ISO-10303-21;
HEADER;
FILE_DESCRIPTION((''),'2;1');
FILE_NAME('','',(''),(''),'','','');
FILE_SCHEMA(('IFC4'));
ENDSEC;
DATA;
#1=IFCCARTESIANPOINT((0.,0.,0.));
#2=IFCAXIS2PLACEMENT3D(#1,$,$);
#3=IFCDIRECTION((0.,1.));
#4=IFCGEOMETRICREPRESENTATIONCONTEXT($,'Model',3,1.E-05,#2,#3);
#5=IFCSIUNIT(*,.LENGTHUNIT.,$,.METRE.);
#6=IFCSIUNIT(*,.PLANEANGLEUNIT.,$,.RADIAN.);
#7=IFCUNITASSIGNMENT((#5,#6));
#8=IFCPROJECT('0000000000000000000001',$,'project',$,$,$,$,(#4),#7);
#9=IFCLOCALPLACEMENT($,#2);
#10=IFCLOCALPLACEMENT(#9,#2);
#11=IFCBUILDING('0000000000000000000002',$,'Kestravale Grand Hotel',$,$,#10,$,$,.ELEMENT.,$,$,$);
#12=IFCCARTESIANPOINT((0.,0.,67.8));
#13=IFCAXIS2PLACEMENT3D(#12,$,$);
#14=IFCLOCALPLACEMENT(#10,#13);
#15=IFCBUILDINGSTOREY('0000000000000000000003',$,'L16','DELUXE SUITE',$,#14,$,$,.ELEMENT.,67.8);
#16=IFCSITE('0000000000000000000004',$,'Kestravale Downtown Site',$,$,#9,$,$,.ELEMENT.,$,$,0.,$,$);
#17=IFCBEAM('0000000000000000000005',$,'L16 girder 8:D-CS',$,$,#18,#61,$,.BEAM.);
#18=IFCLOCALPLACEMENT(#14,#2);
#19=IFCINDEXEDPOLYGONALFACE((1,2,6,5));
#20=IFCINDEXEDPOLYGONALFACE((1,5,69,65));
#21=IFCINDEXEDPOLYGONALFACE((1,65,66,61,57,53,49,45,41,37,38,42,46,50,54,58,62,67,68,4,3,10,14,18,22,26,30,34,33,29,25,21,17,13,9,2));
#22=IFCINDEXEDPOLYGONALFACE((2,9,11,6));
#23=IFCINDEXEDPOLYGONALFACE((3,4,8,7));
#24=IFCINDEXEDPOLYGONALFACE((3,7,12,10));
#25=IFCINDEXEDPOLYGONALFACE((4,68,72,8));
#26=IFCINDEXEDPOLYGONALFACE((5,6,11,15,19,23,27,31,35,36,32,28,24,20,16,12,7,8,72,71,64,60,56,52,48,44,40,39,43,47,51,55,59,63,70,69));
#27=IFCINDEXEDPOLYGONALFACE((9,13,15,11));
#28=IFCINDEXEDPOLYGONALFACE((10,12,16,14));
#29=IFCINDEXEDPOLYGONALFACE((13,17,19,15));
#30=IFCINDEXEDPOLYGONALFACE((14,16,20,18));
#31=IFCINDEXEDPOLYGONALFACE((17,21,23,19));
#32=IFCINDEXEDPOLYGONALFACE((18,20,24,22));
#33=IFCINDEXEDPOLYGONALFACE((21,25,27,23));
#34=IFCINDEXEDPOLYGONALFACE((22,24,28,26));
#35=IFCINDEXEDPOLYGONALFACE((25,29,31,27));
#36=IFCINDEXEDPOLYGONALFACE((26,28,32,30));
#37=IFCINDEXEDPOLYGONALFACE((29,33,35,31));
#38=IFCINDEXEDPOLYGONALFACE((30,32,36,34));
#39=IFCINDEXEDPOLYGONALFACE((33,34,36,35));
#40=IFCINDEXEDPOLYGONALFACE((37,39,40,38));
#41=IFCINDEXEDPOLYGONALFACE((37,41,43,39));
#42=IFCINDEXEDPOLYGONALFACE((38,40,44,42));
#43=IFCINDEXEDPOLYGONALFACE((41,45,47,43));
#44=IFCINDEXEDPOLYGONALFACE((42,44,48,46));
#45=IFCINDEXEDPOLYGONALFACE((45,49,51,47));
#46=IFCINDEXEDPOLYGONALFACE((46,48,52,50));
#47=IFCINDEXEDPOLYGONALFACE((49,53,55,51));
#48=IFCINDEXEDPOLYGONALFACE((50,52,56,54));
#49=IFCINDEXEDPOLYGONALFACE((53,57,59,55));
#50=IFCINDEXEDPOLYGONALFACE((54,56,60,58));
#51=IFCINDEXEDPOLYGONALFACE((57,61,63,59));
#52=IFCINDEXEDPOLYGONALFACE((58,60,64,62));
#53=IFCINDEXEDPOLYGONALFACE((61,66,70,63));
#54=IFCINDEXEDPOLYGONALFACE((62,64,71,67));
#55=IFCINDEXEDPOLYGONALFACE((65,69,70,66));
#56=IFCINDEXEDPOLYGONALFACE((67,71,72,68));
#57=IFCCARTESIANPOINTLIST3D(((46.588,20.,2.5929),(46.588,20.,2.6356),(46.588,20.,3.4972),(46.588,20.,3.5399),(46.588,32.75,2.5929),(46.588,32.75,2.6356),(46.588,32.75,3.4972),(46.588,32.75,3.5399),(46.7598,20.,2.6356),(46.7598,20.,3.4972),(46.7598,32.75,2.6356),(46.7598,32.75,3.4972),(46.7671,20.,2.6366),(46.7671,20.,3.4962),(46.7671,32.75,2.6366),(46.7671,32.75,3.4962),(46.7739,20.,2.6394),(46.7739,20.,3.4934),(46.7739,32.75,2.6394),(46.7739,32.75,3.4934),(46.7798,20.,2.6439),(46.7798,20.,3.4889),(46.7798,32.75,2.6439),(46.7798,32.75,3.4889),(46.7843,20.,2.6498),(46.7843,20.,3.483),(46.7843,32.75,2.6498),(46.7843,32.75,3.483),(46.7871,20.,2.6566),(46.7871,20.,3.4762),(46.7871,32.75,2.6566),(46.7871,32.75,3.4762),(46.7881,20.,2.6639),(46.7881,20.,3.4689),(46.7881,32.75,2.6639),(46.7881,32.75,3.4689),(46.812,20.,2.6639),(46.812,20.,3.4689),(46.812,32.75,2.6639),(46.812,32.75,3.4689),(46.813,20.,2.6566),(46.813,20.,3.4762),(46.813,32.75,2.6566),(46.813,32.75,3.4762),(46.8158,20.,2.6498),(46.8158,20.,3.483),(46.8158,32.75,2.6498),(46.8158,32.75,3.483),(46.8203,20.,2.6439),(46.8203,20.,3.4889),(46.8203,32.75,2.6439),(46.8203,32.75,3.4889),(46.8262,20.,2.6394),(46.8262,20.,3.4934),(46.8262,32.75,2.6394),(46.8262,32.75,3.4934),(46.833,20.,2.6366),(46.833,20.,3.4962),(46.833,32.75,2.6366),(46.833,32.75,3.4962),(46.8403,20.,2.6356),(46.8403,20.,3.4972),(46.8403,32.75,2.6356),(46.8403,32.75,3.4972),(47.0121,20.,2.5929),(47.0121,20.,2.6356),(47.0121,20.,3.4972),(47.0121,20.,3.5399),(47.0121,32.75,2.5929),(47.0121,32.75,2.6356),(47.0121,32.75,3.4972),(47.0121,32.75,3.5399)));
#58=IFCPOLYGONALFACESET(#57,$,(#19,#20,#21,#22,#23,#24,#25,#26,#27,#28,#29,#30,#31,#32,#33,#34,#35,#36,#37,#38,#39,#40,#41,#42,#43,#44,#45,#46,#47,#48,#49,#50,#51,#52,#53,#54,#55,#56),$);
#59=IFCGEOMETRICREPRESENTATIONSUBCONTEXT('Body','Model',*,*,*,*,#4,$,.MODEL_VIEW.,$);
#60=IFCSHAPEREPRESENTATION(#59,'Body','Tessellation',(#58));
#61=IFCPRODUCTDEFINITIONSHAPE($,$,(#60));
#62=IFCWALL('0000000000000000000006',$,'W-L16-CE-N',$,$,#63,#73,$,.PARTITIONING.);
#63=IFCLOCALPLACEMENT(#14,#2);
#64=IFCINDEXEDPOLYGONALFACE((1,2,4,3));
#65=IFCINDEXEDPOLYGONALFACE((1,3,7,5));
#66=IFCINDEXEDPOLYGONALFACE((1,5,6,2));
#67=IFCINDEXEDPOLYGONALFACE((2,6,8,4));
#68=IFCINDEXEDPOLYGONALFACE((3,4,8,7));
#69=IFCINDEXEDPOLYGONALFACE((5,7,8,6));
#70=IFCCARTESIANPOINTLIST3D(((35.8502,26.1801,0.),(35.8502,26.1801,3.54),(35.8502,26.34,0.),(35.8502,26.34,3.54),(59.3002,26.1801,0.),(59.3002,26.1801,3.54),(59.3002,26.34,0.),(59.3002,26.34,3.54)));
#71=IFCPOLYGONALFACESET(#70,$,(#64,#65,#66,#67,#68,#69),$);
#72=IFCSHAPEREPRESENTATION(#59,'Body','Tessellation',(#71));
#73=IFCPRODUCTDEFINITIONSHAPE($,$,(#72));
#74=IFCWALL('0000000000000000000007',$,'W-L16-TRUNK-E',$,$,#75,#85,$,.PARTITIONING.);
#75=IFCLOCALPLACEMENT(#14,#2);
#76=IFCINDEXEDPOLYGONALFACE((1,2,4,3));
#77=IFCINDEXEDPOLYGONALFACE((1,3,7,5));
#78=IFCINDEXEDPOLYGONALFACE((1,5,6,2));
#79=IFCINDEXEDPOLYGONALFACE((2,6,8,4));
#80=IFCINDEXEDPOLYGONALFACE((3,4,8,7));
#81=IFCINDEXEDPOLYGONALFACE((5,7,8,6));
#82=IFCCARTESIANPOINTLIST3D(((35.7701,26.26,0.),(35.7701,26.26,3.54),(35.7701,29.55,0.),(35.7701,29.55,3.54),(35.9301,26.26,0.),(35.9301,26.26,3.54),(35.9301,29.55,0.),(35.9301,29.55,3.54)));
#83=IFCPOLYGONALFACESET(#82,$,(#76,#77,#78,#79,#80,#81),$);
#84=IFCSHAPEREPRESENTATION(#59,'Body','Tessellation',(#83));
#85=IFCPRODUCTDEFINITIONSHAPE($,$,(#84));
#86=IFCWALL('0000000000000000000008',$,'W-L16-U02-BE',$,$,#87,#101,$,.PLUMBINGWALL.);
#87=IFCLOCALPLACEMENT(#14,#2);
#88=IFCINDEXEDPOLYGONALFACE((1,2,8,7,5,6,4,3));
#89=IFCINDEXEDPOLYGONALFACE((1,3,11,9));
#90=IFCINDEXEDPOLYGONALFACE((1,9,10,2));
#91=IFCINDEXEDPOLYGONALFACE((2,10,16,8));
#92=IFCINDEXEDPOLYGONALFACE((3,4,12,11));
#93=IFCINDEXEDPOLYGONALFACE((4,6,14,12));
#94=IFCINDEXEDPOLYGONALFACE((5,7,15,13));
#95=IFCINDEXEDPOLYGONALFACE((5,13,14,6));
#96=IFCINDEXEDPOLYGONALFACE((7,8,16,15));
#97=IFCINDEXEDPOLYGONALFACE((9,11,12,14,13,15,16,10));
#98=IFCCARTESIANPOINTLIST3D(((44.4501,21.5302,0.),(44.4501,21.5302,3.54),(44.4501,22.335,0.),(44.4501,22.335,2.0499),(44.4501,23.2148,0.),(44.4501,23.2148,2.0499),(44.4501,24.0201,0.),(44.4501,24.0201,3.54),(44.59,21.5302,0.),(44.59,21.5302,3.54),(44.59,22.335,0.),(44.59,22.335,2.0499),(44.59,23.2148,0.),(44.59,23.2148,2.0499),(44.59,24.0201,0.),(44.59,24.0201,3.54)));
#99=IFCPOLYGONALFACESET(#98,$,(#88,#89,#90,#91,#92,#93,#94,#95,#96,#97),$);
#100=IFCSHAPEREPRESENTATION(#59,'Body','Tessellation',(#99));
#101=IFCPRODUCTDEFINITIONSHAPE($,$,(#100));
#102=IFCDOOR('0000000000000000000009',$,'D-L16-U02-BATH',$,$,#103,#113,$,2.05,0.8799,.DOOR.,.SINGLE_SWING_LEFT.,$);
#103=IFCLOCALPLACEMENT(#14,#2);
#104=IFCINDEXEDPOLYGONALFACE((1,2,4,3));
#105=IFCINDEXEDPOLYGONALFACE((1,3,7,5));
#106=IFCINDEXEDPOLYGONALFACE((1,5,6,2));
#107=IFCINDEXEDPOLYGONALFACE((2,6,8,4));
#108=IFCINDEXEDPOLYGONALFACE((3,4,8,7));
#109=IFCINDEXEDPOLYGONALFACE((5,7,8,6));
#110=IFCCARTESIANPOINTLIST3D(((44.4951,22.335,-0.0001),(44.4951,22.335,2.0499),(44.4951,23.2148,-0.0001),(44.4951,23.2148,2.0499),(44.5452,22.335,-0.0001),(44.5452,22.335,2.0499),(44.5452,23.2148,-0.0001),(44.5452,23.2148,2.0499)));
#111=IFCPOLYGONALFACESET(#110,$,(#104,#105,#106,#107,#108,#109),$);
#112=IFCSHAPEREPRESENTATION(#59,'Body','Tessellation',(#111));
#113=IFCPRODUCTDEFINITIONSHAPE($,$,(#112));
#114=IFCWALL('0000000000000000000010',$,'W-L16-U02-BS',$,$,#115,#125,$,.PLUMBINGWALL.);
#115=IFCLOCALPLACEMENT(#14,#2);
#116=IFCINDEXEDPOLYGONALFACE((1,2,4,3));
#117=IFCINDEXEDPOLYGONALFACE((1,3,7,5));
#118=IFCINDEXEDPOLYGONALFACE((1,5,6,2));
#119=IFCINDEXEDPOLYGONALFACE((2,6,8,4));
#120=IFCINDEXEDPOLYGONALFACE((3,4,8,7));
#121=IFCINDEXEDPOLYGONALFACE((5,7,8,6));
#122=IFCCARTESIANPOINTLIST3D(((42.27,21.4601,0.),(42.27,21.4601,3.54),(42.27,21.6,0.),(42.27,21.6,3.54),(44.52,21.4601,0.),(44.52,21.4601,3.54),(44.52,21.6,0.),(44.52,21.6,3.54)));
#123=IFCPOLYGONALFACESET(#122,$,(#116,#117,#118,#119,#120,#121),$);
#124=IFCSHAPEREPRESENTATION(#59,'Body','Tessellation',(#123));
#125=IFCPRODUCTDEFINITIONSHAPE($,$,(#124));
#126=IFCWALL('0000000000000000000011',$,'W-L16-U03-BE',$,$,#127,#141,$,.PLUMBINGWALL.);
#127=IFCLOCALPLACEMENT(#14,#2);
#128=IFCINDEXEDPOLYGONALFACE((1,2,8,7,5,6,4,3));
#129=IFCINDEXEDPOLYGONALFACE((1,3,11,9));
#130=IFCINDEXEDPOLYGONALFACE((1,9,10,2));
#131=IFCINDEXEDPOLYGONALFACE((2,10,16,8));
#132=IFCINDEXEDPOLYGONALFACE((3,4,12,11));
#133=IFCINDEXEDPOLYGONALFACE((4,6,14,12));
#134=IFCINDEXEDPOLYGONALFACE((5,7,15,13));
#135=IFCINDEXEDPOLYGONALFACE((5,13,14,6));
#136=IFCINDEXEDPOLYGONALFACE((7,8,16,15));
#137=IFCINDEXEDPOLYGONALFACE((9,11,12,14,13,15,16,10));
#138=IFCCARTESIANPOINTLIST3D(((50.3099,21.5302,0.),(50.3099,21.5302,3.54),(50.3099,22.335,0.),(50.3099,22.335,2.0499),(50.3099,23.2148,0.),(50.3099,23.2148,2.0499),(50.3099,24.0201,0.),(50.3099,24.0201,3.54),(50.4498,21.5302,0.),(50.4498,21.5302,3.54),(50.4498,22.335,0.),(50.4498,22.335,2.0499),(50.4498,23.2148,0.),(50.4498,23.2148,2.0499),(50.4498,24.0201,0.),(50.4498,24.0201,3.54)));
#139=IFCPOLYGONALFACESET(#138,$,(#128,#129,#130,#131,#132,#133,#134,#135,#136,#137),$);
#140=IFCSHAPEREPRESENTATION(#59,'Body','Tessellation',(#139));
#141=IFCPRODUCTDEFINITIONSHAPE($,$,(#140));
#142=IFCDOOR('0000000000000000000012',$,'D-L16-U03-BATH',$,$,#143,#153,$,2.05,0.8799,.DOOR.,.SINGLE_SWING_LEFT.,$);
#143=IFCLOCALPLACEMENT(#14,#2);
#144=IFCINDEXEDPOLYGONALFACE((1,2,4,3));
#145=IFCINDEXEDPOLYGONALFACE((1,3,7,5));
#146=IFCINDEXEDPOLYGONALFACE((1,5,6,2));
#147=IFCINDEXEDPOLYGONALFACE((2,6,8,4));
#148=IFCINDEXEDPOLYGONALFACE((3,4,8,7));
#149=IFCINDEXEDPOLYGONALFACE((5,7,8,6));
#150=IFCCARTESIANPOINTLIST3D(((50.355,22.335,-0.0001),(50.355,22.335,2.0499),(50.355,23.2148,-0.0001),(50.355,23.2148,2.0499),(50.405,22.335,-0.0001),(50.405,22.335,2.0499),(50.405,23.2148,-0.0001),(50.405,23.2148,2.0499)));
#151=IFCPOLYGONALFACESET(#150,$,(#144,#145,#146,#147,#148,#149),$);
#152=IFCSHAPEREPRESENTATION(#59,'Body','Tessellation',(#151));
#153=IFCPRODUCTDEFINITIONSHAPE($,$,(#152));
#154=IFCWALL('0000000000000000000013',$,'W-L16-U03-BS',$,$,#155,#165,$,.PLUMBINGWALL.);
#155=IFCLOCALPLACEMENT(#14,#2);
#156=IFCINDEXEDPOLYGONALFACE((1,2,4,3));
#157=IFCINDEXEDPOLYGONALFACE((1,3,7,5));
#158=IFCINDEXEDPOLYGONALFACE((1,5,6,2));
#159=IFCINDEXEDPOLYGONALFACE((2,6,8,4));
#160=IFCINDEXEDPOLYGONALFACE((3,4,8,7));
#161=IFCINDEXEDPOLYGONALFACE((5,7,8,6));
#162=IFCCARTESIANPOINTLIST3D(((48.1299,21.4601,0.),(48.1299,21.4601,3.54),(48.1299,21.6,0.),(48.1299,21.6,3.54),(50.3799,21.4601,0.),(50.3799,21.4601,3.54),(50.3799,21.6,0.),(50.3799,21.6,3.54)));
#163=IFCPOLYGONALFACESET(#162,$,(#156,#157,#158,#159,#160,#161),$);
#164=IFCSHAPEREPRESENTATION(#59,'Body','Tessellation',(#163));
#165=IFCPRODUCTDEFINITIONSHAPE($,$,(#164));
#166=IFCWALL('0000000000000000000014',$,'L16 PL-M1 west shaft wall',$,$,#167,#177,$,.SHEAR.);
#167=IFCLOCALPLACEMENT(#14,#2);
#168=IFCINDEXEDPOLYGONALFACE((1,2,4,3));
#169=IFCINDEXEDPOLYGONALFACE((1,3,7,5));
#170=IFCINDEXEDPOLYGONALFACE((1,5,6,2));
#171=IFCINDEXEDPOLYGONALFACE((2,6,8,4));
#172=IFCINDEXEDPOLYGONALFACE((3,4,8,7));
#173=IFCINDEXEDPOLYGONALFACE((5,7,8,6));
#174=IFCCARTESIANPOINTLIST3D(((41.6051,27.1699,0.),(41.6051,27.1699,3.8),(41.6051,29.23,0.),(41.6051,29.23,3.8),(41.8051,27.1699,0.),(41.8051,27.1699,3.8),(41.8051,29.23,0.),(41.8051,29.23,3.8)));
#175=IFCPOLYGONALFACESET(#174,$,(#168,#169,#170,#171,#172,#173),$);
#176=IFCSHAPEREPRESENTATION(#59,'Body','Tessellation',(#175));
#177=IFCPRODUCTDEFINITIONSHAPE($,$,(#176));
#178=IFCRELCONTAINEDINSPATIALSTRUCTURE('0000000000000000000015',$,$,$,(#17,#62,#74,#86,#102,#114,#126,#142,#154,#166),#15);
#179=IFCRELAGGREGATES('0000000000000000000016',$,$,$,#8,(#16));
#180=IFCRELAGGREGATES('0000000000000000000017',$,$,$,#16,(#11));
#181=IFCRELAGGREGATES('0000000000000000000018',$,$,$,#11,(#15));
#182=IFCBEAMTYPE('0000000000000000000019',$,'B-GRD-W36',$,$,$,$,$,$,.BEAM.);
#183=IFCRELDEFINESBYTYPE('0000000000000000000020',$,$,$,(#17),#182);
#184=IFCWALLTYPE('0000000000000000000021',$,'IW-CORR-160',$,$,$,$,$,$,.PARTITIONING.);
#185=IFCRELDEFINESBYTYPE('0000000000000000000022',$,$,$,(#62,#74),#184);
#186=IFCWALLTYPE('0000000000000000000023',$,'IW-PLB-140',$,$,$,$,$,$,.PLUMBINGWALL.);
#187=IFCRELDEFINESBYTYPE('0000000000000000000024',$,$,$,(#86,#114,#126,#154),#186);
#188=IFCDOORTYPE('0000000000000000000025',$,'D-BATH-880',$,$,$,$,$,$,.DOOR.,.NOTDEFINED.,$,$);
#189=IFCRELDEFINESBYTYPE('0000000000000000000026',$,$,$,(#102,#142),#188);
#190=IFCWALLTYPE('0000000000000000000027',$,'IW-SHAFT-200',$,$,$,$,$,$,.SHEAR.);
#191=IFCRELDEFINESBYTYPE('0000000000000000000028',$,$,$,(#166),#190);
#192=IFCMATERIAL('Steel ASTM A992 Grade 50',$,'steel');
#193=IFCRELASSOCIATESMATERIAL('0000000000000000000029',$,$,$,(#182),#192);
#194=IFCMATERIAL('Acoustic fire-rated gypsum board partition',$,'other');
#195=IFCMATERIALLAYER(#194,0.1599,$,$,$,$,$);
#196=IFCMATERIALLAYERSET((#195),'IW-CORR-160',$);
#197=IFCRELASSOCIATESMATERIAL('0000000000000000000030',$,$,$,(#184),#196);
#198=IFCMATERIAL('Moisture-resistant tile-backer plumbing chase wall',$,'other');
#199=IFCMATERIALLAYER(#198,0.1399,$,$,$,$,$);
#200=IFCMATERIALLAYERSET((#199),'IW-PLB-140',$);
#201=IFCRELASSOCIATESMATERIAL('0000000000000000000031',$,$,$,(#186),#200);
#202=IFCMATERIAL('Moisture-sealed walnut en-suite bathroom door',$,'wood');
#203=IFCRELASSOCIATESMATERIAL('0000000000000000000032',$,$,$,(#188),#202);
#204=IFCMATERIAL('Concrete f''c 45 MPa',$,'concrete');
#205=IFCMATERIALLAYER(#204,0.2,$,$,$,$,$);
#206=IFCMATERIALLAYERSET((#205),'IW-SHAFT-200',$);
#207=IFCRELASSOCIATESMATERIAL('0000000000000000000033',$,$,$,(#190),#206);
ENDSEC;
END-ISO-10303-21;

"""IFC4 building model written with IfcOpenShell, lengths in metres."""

from ifc_helpers import new_model, si_unit, direction, frame, frame_2d, origin, origin_2d, place, context, subcontext, project, spatial, rectangle, i_section, extrude, material, layer, layer_set, material_profile, profile_set, type_object, element, fill, save


model = new_model("IFC4")

# Units and contexts
model_context = context("Model", 3, precision=1e-05, world=origin(), true_north=direction((0.0, 1.0)))
body_context = subcontext(model_context, "Body", "Model", "MODEL_VIEW")
ifc_project = project(units=[si_unit("LENGTHUNIT", "METRE"), si_unit("PLANEANGLEUNIT", "RADIAN")], contexts=[model_context])

# Site, building, storey
site_placement = place(None, origin())
site = spatial("IfcSite", under=ifc_project, at=site_placement, Name="Kestravale Downtown Site", CompositionType="ELEMENT", RefElevation=0.0)
building_placement = place(site_placement, origin())
building = spatial("IfcBuilding", under=site, at=building_placement, Name="Kestravale Grand Hotel", CompositionType="ELEMENT")
storey_placement = place(building_placement, frame((0.0, 0.0, 67.8)))
storey = spatial("IfcBuildingStorey", under=building, at=storey_placement, Name="L16", Description="DELUXE SUITE", CompositionType="ELEMENT", Elevation=67.8)

# Beam
ifc_material_1 = material(Name="Steel ASTM A992 Grade 50", Category="steel")
ifc_material_profile_1 = material_profile(ifc_material_1, i_section(OverallWidth=0.4241, OverallDepth=0.947, WebThickness=0.0239, FlangeThickness=0.0427, FilletRadius=0.0283, at=origin_2d()))
ifc_profile_set_1 = profile_set([ifc_material_profile_1], Name="Steel ASTM A992 Grade 50")
beam_type = type_object("IfcBeamType", Name="B-GRD-W36", PredefinedType="BEAM", material=ifc_profile_set_1)
beam_1_placement = place(storey_placement, frame((46.8, 20.0, 3.0664), z_axis=(0.0, 1.0, 0.0), x_axis=(-1.0, 0.0, 0.0)))
element("IfcBeam", 1, at=beam_1_placement, inside=storey, type_object=beam_type, Name="L16 girder 8:D-CS", PredefinedType="BEAM", context=body_context, shape_type="SweptSolid", body=[
    extrude(i_section(OverallWidth=0.4241, OverallDepth=0.947, WebThickness=0.0239, FlangeThickness=0.0427, FilletRadius=0.0283, at=origin_2d()), origin(), (0.0, 0.0, 1.0), 12.75),
])

# Walls
ifc_material_2 = material(Name="Acoustic fire-rated gypsum board partition", Category="other")
ifc_layer_1 = layer(ifc_material_2, 0.1599)
ifc_layer_set_1 = layer_set([ifc_layer_1], Name="IW-CORR-160")
wall_type_1 = type_object("IfcWallType", Name="IW-CORR-160", PredefinedType="PARTITIONING", material=ifc_layer_set_1)
wall_1_placement = place(storey_placement, frame((35.8501, 26.26, 0.0), z_axis=(0.0, 0.0, 1.0), x_axis=(1.0, 0.0, 0.0)))
element("IfcWall", 2, at=wall_1_placement, inside=storey, type_object=wall_type_1, Name="W-L16-CE-N", PredefinedType="PARTITIONING", context=body_context, shape_type="SweptSolid", body=[
    extrude(rectangle(XDim=23.45, YDim=0.1599, at=frame_2d((11.7251, 0.0))), origin(), (0.0, 0.0, 1.0), 3.54),
])
wall_2_placement = place(storey_placement, frame((35.8501, 26.26, 0.0), z_axis=(0.0, 0.0, 1.0), x_axis=(0.0, 1.0, 0.0)))
element("IfcWall", 3, at=wall_2_placement, inside=storey, type_object=wall_type_1, Name="W-L16-TRUNK-E", PredefinedType="PARTITIONING", context=body_context, shape_type="SweptSolid", body=[
    extrude(rectangle(XDim=3.29, YDim=0.1599, at=frame_2d((1.645, 0.0))), origin(), (0.0, 0.0, 1.0), 3.54),
])

# Wall, opening, door
ifc_material_3 = material(Name="Moisture-resistant tile-backer plumbing chase wall", Category="other")
ifc_layer_2 = layer(ifc_material_3, 0.1399)
ifc_layer_set_2 = layer_set([ifc_layer_2], Name="IW-PLB-140")
wall_type_2 = type_object("IfcWallType", Name="IW-PLB-140", PredefinedType="PLUMBINGWALL", material=ifc_layer_set_2)
wall_3_placement = place(storey_placement, frame((44.52, 21.53, 0.0), z_axis=(0.0, 0.0, 1.0), x_axis=(0.0, 1.0, 0.0)))
wall_3 = element("IfcWall", 4, at=wall_3_placement, inside=storey, type_object=wall_type_2, Name="W-L16-U02-BE", PredefinedType="PLUMBINGWALL", context=body_context, shape_type="SweptSolid", body=[
    extrude(rectangle(XDim=2.49, YDim=0.1399, at=frame_2d((1.2451, 0.0))), origin(), (0.0, 0.0, 1.0), 3.54),
])
opening_1_placement = place(wall_3_placement, frame((0.8049, 0.0, 0.0)))
opening_1 = element("IfcOpeningElement", 5, at=opening_1_placement, cuts=wall_3, PredefinedType="OPENING", context=body_context, shape_type="SweptSolid", body=[
    extrude(rectangle(XDim=0.8799, YDim=2.05, at=frame_2d((0.4399, 1.0249))), frame((0.0, 0.0798, 0.0), z_axis=(0.0, -1.0, 0.0), x_axis=(1.0, 0.0, 0.0)), (0.0, 0.0, 1.0), 0.1599),
])
ifc_material_4 = material(Name="Moisture-sealed walnut en-suite bathroom door", Category="wood")
door_type = type_object("IfcDoorType", Name="D-BATH-880", OperationType="NOTDEFINED", PredefinedType="DOOR", material=ifc_material_4)
door_1_placement = place(opening_1_placement, origin())
door_1 = element("IfcDoor", 6, at=door_1_placement, inside=storey, type_object=door_type, Name="D-L16-U02-BATH", OperationType="SINGLE_SWING_LEFT", OverallHeight=2.05, OverallWidth=0.8799, PredefinedType="DOOR", context=body_context, shape_type="SweptSolid", body=[
    extrude(rectangle(XDim=0.8799, YDim=2.05, at=frame_2d((0.4399, 1.0249))), frame((0.0, 0.0249, 0.0), z_axis=(0.0, -1.0, 0.0), x_axis=(1.0, 0.0, 0.0)), (0.0, 0.0, 1.0), 0.05),
])
fill(opening_1, door_1)

# Wall
wall_4_placement = place(storey_placement, frame((42.27, 21.53, 0.0), z_axis=(0.0, 0.0, 1.0), x_axis=(1.0, 0.0, 0.0)))
element("IfcWall", 7, at=wall_4_placement, inside=storey, type_object=wall_type_2, Name="W-L16-U02-BS", PredefinedType="PLUMBINGWALL", context=body_context, shape_type="SweptSolid", body=[
    extrude(rectangle(XDim=2.25, YDim=0.1399, at=frame_2d((1.125, 0.0))), origin(), (0.0, 0.0, 1.0), 3.54),
])

# Wall, opening, door
wall_5_placement = place(storey_placement, frame((50.3799, 21.53, 0.0), z_axis=(0.0, 0.0, 1.0), x_axis=(0.0, 1.0, 0.0)))
wall_5 = element("IfcWall", 8, at=wall_5_placement, inside=storey, type_object=wall_type_2, Name="W-L16-U03-BE", PredefinedType="PLUMBINGWALL", context=body_context, shape_type="SweptSolid", body=[
    extrude(rectangle(XDim=2.49, YDim=0.1399, at=frame_2d((1.2451, 0.0))), origin(), (0.0, 0.0, 1.0), 3.54),
])
opening_2_placement = place(wall_5_placement, frame((0.8049, 0.0, 0.0)))
opening_2 = element("IfcOpeningElement", 9, at=opening_2_placement, cuts=wall_5, PredefinedType="OPENING", context=body_context, shape_type="SweptSolid", body=[
    extrude(rectangle(XDim=0.8799, YDim=2.05, at=frame_2d((0.4399, 1.0249))), frame((0.0, 0.0798, 0.0), z_axis=(0.0, -1.0, 0.0), x_axis=(1.0, 0.0, 0.0)), (0.0, 0.0, 1.0), 0.1599),
])
door_2_placement = place(opening_2_placement, origin())
door_2 = element("IfcDoor", 10, at=door_2_placement, inside=storey, type_object=door_type, Name="D-L16-U03-BATH", OperationType="SINGLE_SWING_LEFT", OverallHeight=2.05, OverallWidth=0.8799, PredefinedType="DOOR", context=body_context, shape_type="SweptSolid", body=[
    extrude(rectangle(XDim=0.8799, YDim=2.05, at=frame_2d((0.4399, 1.0249))), frame((0.0, 0.0249, 0.0), z_axis=(0.0, -1.0, 0.0), x_axis=(1.0, 0.0, 0.0)), (0.0, 0.0, 1.0), 0.05),
])
fill(opening_2, door_2)

# Walls
wall_6_placement = place(storey_placement, frame((48.1299, 21.53, 0.0), z_axis=(0.0, 0.0, 1.0), x_axis=(1.0, 0.0, 0.0)))
element("IfcWall", 11, at=wall_6_placement, inside=storey, type_object=wall_type_2, Name="W-L16-U03-BS", PredefinedType="PLUMBINGWALL", context=body_context, shape_type="SweptSolid", body=[
    extrude(rectangle(XDim=2.25, YDim=0.1399, at=frame_2d((1.125, 0.0))), origin(), (0.0, 0.0, 1.0), 3.54),
])
ifc_material_5 = material(Name="Concrete f'c 45 MPa", Category="concrete")
ifc_layer_3 = layer(ifc_material_5, 0.2)
ifc_layer_set_3 = layer_set([ifc_layer_3], Name="IW-SHAFT-200")
wall_type_3 = type_object("IfcWallType", Name="IW-SHAFT-200", PredefinedType="SHEAR", material=ifc_layer_set_3)
for number, where, z_axis, x_axis, name in (
    (12, (41.7051, 27.1699, 0.0), (0.0, 0.0, 1.0), (0.0, 1.0, 0.0), "L16 PL-M1 west shaft wall"),
):
    element("IfcWall", number, at=place(storey_placement, frame(where, z_axis=z_axis, x_axis=x_axis)), inside=storey, type_object=wall_type_3, Name=name, PredefinedType="SHEAR", context=body_context, shape_type="SweptSolid", body=[
        extrude(rectangle(XDim=2.0601, YDim=0.2, at=frame_2d((1.03, 0.0))), origin(), (0.0, 0.0, 1.0), 3.8),
    ])

save(model, "model.ifc")
